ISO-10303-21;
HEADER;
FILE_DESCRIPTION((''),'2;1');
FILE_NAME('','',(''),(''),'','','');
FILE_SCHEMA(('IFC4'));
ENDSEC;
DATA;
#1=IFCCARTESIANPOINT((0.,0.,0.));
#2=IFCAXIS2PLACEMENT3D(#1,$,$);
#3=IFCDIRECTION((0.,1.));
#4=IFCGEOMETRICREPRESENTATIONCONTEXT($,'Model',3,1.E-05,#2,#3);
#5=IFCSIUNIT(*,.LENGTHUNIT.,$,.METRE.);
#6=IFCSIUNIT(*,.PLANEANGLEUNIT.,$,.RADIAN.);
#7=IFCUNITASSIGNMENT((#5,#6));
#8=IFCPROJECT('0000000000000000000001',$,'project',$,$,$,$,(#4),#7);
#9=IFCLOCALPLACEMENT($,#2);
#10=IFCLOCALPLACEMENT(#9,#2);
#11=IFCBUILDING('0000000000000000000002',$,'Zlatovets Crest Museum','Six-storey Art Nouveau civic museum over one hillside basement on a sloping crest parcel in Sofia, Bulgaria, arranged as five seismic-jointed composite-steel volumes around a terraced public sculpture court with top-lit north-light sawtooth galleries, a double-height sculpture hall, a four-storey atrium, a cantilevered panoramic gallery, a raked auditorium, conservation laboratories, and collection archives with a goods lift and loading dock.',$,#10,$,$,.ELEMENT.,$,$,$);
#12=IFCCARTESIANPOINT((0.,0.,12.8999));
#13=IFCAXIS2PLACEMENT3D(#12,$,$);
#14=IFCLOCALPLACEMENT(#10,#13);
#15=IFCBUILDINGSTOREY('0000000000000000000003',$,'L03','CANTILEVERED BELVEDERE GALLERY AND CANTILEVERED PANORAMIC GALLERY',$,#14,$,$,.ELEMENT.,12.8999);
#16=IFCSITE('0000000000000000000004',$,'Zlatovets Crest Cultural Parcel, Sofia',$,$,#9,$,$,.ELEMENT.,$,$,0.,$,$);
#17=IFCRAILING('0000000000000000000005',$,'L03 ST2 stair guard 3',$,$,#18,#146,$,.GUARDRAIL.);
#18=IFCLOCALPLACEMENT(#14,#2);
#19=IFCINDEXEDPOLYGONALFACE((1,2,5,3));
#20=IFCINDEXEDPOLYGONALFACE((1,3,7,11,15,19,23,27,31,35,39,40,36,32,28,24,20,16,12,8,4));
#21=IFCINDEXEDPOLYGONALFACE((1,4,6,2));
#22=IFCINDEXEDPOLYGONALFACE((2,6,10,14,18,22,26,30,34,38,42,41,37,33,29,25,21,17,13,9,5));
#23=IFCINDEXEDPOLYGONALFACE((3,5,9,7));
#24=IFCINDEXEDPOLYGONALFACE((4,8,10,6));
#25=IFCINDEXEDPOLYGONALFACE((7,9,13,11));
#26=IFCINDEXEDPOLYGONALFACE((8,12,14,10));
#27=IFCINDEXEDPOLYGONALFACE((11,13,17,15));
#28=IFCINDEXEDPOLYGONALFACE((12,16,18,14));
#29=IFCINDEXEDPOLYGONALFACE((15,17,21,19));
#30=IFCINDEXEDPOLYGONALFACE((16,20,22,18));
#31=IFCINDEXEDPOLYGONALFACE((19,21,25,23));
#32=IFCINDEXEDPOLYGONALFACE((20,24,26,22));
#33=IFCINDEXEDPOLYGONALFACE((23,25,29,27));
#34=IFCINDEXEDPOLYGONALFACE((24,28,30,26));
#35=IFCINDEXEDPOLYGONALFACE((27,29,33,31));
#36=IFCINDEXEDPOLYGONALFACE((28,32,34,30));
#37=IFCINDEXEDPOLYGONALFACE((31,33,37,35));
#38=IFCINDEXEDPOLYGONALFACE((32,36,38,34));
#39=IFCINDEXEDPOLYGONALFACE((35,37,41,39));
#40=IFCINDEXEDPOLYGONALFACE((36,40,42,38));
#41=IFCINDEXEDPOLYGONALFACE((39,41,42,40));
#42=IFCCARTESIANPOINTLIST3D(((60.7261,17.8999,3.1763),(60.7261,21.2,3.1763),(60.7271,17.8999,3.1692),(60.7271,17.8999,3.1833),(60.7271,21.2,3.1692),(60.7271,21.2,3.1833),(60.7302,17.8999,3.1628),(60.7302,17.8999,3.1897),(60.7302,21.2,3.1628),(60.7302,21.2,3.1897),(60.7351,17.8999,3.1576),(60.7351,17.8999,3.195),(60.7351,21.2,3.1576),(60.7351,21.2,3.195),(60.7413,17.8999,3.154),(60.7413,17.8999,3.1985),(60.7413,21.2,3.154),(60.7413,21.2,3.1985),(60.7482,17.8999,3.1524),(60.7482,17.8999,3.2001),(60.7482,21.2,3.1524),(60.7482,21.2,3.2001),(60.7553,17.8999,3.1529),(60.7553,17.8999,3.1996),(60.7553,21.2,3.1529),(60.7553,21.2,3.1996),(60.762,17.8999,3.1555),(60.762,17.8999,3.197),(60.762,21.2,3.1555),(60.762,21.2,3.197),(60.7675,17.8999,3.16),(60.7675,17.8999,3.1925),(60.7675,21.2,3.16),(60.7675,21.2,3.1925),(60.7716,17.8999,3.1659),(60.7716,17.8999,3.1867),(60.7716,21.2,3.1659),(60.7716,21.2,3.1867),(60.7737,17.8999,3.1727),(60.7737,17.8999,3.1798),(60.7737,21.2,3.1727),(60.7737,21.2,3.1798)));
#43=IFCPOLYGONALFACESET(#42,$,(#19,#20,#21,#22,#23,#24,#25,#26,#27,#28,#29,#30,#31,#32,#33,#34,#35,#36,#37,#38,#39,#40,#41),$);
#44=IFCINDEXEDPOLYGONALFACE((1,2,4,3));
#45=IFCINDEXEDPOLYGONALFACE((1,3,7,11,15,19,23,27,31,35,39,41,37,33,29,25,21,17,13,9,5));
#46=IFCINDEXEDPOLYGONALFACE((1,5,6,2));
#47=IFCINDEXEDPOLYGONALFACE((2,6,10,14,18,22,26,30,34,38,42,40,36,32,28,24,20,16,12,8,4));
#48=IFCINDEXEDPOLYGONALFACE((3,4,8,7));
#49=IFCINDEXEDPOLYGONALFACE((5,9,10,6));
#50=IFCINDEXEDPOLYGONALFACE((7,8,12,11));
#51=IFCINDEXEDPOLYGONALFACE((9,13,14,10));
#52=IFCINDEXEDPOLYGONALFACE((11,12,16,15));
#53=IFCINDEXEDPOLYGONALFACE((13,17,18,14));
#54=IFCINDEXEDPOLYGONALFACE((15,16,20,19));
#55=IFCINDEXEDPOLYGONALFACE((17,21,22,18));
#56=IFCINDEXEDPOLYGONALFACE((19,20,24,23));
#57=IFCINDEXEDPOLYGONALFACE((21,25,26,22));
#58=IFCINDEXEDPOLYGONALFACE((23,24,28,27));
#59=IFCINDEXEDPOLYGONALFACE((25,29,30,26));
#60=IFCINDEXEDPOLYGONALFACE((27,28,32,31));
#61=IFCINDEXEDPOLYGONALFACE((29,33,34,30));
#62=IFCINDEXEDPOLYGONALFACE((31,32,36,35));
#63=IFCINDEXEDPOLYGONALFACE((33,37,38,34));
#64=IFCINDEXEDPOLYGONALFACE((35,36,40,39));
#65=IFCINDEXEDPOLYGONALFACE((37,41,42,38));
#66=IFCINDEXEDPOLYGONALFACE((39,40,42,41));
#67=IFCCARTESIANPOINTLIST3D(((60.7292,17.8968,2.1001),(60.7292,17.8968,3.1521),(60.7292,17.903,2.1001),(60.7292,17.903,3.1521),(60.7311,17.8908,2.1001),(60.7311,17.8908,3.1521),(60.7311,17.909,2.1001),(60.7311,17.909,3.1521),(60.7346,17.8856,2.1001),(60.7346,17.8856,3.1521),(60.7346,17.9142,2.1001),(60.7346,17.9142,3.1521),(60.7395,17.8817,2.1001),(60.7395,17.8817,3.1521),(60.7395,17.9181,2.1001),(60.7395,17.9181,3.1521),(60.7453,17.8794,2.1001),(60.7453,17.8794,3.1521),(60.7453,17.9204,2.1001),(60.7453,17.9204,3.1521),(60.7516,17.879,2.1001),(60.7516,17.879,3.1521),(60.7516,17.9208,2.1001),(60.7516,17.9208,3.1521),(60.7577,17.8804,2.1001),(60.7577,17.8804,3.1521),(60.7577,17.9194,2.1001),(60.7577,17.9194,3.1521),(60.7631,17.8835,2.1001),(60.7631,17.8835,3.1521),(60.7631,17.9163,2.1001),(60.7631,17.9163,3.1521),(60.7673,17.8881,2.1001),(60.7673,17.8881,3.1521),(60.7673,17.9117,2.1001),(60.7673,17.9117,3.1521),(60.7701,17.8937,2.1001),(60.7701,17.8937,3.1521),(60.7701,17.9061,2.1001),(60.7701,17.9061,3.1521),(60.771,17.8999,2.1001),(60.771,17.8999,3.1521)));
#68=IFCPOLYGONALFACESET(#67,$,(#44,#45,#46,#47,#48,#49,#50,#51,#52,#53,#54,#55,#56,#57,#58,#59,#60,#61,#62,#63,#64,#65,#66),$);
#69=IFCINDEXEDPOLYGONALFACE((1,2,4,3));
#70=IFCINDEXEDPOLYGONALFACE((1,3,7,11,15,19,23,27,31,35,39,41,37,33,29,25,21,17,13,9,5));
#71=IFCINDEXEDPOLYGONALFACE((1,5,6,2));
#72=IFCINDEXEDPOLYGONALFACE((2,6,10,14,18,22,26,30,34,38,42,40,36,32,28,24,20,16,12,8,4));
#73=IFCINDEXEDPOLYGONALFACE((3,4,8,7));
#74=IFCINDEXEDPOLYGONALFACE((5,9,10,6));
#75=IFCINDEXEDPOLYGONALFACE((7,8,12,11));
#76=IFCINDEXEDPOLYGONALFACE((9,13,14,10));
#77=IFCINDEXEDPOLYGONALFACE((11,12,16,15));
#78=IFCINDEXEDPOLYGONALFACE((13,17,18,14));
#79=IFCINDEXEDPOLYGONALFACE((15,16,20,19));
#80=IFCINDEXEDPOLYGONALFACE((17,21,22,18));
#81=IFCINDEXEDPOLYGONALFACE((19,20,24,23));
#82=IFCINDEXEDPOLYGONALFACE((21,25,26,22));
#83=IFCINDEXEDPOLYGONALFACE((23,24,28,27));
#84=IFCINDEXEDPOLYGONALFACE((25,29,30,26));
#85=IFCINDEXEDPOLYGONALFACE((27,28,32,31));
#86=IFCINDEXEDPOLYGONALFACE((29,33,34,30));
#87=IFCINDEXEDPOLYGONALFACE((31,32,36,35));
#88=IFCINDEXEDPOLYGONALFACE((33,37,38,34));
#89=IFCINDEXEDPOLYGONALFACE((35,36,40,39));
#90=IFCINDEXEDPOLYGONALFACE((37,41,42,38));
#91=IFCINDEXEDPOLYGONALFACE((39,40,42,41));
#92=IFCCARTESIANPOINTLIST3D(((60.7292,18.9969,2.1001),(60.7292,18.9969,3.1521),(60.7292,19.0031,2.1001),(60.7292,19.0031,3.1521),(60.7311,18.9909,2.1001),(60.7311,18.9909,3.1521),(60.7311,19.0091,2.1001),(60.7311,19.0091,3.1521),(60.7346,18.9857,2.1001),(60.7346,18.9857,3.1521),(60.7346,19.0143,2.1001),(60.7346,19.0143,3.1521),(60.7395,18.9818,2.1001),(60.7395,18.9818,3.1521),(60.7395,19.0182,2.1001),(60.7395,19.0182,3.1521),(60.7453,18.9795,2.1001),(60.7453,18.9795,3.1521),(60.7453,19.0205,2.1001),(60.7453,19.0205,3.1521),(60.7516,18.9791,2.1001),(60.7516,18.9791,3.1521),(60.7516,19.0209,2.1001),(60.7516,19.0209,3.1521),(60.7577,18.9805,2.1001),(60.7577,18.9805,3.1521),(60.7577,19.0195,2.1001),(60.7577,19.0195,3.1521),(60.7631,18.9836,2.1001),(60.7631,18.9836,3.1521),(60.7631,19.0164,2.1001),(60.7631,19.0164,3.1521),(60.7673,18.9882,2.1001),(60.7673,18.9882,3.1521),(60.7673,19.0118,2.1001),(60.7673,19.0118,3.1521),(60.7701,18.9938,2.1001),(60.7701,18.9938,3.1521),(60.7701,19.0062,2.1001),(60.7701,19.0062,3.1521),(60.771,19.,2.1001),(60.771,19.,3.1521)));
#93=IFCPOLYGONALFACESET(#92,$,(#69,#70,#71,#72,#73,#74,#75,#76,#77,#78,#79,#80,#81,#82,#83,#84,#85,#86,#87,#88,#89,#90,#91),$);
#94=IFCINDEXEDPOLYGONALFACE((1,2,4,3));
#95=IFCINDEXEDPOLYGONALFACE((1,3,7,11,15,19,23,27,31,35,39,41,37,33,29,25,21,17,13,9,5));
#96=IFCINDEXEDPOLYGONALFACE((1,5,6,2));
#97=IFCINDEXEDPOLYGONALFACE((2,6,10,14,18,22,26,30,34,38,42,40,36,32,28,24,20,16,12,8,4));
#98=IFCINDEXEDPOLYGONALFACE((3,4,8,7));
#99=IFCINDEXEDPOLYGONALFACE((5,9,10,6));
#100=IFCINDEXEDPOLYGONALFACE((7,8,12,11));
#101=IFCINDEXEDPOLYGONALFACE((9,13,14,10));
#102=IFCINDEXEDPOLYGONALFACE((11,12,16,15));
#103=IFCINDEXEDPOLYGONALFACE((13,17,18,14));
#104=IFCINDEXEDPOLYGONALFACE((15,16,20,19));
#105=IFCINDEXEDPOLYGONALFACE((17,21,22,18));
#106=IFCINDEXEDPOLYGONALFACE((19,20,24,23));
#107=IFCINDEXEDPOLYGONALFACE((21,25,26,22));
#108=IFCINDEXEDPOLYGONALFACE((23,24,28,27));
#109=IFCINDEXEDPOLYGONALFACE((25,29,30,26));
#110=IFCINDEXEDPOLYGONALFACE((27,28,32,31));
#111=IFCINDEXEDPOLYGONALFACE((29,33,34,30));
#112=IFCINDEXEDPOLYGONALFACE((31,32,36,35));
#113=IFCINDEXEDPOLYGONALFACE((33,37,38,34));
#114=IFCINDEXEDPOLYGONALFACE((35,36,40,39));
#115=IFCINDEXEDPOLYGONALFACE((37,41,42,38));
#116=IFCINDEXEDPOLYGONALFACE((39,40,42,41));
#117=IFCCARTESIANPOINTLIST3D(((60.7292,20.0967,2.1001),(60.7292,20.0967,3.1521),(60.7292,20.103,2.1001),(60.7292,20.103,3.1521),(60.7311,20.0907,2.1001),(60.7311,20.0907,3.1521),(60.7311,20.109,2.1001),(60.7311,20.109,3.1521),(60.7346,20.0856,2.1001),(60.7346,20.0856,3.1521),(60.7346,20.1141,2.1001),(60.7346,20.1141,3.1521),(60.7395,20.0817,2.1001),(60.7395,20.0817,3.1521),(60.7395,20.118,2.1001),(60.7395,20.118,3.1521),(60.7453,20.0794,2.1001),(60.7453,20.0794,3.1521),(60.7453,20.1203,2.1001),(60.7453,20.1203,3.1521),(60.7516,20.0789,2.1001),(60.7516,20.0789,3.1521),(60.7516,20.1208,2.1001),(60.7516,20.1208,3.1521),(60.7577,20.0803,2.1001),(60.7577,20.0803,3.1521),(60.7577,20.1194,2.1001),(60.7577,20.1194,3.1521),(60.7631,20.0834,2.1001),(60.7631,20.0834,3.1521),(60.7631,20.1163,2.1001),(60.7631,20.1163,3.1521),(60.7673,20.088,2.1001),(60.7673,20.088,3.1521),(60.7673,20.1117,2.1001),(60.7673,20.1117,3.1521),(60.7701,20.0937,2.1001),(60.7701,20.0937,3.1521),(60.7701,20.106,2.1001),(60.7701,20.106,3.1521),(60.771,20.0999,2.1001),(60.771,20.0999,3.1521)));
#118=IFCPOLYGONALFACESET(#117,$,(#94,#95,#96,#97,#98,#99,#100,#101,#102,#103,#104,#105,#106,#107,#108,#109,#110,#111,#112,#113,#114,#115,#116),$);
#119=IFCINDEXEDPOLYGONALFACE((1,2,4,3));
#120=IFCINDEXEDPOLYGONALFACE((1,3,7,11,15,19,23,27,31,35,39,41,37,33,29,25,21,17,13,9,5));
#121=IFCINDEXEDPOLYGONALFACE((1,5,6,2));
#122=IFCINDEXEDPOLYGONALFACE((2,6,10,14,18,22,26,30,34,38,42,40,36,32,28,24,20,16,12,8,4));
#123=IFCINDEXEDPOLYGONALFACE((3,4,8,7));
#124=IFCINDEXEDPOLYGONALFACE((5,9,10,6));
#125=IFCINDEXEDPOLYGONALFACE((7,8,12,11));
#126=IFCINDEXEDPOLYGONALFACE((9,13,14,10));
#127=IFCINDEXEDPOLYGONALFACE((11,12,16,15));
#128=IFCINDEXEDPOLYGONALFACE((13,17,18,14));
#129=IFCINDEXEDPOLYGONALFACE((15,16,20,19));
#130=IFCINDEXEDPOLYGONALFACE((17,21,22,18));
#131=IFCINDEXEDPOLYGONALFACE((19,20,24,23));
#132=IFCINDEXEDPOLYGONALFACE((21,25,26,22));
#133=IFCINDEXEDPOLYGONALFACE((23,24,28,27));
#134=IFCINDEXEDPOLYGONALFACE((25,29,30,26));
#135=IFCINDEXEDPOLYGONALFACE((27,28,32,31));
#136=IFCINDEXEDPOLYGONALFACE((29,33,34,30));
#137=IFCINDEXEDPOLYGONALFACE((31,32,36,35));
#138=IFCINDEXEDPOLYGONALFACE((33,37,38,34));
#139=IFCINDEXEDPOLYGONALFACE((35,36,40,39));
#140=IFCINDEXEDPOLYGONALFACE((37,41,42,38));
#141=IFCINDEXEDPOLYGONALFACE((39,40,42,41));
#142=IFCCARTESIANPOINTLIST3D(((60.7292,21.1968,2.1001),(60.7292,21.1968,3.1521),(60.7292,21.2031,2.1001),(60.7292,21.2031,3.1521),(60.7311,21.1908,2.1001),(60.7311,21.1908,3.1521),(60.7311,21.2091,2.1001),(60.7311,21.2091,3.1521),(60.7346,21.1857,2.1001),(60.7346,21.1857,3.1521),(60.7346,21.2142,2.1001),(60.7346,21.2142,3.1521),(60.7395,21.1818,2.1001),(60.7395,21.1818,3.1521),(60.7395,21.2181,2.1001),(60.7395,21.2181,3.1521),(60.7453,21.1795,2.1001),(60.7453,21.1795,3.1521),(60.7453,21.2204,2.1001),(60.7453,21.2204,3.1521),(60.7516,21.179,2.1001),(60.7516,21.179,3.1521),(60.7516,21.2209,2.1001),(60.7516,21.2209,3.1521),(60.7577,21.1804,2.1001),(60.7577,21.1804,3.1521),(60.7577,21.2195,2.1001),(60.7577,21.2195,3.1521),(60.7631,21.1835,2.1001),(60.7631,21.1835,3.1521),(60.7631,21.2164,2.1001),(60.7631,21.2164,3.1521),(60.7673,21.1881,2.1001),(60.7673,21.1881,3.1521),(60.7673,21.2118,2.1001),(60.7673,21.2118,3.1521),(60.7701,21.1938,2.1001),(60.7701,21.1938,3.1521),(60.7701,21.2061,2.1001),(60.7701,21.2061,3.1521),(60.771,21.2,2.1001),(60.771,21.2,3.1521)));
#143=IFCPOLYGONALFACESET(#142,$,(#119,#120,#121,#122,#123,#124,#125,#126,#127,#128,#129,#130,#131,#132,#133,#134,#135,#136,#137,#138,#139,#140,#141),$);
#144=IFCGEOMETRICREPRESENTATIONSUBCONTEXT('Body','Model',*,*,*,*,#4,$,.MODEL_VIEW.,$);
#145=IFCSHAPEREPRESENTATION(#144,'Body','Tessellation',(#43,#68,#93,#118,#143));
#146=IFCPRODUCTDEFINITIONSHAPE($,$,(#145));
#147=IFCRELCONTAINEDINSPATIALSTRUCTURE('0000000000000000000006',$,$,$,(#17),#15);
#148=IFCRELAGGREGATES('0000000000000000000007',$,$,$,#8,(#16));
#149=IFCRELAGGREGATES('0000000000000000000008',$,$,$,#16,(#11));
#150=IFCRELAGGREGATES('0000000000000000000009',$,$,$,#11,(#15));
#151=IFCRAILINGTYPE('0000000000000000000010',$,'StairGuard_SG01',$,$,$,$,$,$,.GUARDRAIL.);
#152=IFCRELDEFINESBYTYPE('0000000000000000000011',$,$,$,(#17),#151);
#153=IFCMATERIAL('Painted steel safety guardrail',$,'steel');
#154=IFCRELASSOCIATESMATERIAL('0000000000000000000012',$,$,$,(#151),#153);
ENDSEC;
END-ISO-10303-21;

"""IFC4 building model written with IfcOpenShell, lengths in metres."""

from ifc_helpers import new_model, si_unit, direction, frame, origin, origin_2d, place, context, subcontext, project, spatial, circle, extrude, material, type_object, element, save


model = new_model("IFC4")

# Units and contexts
model_context = context("Model", 3, precision=1e-05, world=origin(), true_north=direction((0.0, 1.0)))
body_context = subcontext(model_context, "Body", "Model", "MODEL_VIEW")
ifc_project = project(units=[si_unit("LENGTHUNIT", "METRE"), si_unit("PLANEANGLEUNIT", "RADIAN")], contexts=[model_context])

# Site, building, storey
site_placement = place(None, origin())
site = spatial("IfcSite", under=ifc_project, at=site_placement, Name="Zlatovets Crest Cultural Parcel, Sofia", CompositionType="ELEMENT", RefElevation=0.0)
building_placement = place(site_placement, origin())
building = spatial("IfcBuilding", under=site, at=building_placement, Name="Zlatovets Crest Museum", Description="Six-storey Art Nouveau civic museum over one hillside basement on a sloping crest parcel in Sofia, Bulgaria, arranged as five seismic-jointed composite-steel volumes around a terraced public sculpture court with top-lit north-light sawtooth galleries, a double-height sculpture hall, a four-storey atrium, a cantilevered panoramic gallery, a raked auditorium, conservation laboratories, and collection archives with a goods lift and loading dock.", CompositionType="ELEMENT")
storey_placement = place(building_placement, frame((0.0, 0.0, 12.8999)))
storey = spatial("IfcBuildingStorey", under=building, at=storey_placement, Name="L03", Description="CANTILEVERED BELVEDERE GALLERY AND CANTILEVERED PANORAMIC GALLERY", CompositionType="ELEMENT", Elevation=12.8999)

# Railing
ifc_material_1 = material(Name="Painted steel safety guardrail", Category="steel")
railing_type_1 = type_object("IfcRailingType", Name="StairGuard_SG01", PredefinedType="GUARDRAIL", material=ifc_material_1)
for number, where, name in (
    (1, (60.75, 17.8999, 2.1001), "L03 ST2 stair guard 3"),
):
    element("IfcRailing", number, at=place(storey_placement, frame(where)), inside=storey, type_object=railing_type_1, Name=name, PredefinedType="GUARDRAIL", context=body_context, shape_type="SweptSolid", body=[
        extrude(circle(Radius=0.0239, at=origin_2d()), frame((0.0, 0.0, 1.0762), z_axis=(0.0, 1.0, 0.0), x_axis=(-1.0, 0.0, 0.0)), (0.0, 0.0, 1.0), 3.3),
        extrude(circle(Radius=0.021, at=origin_2d()), origin(), (0.0, 0.0, 1.0), 1.052),
        extrude(circle(Radius=0.021, at=origin_2d()), frame((0.0, 1.1001, 0.0)), (0.0, 0.0, 1.0), 1.052),
        extrude(circle(Radius=0.021, at=origin_2d()), frame((0.0, 2.2, 0.0)), (0.0, 0.0, 1.0), 1.052),
        extrude(circle(Radius=0.021, at=origin_2d()), frame((0.0, 3.3, 0.0)), (0.0, 0.0, 1.0), 1.052),
    ])

save(model, "model.ifc")
